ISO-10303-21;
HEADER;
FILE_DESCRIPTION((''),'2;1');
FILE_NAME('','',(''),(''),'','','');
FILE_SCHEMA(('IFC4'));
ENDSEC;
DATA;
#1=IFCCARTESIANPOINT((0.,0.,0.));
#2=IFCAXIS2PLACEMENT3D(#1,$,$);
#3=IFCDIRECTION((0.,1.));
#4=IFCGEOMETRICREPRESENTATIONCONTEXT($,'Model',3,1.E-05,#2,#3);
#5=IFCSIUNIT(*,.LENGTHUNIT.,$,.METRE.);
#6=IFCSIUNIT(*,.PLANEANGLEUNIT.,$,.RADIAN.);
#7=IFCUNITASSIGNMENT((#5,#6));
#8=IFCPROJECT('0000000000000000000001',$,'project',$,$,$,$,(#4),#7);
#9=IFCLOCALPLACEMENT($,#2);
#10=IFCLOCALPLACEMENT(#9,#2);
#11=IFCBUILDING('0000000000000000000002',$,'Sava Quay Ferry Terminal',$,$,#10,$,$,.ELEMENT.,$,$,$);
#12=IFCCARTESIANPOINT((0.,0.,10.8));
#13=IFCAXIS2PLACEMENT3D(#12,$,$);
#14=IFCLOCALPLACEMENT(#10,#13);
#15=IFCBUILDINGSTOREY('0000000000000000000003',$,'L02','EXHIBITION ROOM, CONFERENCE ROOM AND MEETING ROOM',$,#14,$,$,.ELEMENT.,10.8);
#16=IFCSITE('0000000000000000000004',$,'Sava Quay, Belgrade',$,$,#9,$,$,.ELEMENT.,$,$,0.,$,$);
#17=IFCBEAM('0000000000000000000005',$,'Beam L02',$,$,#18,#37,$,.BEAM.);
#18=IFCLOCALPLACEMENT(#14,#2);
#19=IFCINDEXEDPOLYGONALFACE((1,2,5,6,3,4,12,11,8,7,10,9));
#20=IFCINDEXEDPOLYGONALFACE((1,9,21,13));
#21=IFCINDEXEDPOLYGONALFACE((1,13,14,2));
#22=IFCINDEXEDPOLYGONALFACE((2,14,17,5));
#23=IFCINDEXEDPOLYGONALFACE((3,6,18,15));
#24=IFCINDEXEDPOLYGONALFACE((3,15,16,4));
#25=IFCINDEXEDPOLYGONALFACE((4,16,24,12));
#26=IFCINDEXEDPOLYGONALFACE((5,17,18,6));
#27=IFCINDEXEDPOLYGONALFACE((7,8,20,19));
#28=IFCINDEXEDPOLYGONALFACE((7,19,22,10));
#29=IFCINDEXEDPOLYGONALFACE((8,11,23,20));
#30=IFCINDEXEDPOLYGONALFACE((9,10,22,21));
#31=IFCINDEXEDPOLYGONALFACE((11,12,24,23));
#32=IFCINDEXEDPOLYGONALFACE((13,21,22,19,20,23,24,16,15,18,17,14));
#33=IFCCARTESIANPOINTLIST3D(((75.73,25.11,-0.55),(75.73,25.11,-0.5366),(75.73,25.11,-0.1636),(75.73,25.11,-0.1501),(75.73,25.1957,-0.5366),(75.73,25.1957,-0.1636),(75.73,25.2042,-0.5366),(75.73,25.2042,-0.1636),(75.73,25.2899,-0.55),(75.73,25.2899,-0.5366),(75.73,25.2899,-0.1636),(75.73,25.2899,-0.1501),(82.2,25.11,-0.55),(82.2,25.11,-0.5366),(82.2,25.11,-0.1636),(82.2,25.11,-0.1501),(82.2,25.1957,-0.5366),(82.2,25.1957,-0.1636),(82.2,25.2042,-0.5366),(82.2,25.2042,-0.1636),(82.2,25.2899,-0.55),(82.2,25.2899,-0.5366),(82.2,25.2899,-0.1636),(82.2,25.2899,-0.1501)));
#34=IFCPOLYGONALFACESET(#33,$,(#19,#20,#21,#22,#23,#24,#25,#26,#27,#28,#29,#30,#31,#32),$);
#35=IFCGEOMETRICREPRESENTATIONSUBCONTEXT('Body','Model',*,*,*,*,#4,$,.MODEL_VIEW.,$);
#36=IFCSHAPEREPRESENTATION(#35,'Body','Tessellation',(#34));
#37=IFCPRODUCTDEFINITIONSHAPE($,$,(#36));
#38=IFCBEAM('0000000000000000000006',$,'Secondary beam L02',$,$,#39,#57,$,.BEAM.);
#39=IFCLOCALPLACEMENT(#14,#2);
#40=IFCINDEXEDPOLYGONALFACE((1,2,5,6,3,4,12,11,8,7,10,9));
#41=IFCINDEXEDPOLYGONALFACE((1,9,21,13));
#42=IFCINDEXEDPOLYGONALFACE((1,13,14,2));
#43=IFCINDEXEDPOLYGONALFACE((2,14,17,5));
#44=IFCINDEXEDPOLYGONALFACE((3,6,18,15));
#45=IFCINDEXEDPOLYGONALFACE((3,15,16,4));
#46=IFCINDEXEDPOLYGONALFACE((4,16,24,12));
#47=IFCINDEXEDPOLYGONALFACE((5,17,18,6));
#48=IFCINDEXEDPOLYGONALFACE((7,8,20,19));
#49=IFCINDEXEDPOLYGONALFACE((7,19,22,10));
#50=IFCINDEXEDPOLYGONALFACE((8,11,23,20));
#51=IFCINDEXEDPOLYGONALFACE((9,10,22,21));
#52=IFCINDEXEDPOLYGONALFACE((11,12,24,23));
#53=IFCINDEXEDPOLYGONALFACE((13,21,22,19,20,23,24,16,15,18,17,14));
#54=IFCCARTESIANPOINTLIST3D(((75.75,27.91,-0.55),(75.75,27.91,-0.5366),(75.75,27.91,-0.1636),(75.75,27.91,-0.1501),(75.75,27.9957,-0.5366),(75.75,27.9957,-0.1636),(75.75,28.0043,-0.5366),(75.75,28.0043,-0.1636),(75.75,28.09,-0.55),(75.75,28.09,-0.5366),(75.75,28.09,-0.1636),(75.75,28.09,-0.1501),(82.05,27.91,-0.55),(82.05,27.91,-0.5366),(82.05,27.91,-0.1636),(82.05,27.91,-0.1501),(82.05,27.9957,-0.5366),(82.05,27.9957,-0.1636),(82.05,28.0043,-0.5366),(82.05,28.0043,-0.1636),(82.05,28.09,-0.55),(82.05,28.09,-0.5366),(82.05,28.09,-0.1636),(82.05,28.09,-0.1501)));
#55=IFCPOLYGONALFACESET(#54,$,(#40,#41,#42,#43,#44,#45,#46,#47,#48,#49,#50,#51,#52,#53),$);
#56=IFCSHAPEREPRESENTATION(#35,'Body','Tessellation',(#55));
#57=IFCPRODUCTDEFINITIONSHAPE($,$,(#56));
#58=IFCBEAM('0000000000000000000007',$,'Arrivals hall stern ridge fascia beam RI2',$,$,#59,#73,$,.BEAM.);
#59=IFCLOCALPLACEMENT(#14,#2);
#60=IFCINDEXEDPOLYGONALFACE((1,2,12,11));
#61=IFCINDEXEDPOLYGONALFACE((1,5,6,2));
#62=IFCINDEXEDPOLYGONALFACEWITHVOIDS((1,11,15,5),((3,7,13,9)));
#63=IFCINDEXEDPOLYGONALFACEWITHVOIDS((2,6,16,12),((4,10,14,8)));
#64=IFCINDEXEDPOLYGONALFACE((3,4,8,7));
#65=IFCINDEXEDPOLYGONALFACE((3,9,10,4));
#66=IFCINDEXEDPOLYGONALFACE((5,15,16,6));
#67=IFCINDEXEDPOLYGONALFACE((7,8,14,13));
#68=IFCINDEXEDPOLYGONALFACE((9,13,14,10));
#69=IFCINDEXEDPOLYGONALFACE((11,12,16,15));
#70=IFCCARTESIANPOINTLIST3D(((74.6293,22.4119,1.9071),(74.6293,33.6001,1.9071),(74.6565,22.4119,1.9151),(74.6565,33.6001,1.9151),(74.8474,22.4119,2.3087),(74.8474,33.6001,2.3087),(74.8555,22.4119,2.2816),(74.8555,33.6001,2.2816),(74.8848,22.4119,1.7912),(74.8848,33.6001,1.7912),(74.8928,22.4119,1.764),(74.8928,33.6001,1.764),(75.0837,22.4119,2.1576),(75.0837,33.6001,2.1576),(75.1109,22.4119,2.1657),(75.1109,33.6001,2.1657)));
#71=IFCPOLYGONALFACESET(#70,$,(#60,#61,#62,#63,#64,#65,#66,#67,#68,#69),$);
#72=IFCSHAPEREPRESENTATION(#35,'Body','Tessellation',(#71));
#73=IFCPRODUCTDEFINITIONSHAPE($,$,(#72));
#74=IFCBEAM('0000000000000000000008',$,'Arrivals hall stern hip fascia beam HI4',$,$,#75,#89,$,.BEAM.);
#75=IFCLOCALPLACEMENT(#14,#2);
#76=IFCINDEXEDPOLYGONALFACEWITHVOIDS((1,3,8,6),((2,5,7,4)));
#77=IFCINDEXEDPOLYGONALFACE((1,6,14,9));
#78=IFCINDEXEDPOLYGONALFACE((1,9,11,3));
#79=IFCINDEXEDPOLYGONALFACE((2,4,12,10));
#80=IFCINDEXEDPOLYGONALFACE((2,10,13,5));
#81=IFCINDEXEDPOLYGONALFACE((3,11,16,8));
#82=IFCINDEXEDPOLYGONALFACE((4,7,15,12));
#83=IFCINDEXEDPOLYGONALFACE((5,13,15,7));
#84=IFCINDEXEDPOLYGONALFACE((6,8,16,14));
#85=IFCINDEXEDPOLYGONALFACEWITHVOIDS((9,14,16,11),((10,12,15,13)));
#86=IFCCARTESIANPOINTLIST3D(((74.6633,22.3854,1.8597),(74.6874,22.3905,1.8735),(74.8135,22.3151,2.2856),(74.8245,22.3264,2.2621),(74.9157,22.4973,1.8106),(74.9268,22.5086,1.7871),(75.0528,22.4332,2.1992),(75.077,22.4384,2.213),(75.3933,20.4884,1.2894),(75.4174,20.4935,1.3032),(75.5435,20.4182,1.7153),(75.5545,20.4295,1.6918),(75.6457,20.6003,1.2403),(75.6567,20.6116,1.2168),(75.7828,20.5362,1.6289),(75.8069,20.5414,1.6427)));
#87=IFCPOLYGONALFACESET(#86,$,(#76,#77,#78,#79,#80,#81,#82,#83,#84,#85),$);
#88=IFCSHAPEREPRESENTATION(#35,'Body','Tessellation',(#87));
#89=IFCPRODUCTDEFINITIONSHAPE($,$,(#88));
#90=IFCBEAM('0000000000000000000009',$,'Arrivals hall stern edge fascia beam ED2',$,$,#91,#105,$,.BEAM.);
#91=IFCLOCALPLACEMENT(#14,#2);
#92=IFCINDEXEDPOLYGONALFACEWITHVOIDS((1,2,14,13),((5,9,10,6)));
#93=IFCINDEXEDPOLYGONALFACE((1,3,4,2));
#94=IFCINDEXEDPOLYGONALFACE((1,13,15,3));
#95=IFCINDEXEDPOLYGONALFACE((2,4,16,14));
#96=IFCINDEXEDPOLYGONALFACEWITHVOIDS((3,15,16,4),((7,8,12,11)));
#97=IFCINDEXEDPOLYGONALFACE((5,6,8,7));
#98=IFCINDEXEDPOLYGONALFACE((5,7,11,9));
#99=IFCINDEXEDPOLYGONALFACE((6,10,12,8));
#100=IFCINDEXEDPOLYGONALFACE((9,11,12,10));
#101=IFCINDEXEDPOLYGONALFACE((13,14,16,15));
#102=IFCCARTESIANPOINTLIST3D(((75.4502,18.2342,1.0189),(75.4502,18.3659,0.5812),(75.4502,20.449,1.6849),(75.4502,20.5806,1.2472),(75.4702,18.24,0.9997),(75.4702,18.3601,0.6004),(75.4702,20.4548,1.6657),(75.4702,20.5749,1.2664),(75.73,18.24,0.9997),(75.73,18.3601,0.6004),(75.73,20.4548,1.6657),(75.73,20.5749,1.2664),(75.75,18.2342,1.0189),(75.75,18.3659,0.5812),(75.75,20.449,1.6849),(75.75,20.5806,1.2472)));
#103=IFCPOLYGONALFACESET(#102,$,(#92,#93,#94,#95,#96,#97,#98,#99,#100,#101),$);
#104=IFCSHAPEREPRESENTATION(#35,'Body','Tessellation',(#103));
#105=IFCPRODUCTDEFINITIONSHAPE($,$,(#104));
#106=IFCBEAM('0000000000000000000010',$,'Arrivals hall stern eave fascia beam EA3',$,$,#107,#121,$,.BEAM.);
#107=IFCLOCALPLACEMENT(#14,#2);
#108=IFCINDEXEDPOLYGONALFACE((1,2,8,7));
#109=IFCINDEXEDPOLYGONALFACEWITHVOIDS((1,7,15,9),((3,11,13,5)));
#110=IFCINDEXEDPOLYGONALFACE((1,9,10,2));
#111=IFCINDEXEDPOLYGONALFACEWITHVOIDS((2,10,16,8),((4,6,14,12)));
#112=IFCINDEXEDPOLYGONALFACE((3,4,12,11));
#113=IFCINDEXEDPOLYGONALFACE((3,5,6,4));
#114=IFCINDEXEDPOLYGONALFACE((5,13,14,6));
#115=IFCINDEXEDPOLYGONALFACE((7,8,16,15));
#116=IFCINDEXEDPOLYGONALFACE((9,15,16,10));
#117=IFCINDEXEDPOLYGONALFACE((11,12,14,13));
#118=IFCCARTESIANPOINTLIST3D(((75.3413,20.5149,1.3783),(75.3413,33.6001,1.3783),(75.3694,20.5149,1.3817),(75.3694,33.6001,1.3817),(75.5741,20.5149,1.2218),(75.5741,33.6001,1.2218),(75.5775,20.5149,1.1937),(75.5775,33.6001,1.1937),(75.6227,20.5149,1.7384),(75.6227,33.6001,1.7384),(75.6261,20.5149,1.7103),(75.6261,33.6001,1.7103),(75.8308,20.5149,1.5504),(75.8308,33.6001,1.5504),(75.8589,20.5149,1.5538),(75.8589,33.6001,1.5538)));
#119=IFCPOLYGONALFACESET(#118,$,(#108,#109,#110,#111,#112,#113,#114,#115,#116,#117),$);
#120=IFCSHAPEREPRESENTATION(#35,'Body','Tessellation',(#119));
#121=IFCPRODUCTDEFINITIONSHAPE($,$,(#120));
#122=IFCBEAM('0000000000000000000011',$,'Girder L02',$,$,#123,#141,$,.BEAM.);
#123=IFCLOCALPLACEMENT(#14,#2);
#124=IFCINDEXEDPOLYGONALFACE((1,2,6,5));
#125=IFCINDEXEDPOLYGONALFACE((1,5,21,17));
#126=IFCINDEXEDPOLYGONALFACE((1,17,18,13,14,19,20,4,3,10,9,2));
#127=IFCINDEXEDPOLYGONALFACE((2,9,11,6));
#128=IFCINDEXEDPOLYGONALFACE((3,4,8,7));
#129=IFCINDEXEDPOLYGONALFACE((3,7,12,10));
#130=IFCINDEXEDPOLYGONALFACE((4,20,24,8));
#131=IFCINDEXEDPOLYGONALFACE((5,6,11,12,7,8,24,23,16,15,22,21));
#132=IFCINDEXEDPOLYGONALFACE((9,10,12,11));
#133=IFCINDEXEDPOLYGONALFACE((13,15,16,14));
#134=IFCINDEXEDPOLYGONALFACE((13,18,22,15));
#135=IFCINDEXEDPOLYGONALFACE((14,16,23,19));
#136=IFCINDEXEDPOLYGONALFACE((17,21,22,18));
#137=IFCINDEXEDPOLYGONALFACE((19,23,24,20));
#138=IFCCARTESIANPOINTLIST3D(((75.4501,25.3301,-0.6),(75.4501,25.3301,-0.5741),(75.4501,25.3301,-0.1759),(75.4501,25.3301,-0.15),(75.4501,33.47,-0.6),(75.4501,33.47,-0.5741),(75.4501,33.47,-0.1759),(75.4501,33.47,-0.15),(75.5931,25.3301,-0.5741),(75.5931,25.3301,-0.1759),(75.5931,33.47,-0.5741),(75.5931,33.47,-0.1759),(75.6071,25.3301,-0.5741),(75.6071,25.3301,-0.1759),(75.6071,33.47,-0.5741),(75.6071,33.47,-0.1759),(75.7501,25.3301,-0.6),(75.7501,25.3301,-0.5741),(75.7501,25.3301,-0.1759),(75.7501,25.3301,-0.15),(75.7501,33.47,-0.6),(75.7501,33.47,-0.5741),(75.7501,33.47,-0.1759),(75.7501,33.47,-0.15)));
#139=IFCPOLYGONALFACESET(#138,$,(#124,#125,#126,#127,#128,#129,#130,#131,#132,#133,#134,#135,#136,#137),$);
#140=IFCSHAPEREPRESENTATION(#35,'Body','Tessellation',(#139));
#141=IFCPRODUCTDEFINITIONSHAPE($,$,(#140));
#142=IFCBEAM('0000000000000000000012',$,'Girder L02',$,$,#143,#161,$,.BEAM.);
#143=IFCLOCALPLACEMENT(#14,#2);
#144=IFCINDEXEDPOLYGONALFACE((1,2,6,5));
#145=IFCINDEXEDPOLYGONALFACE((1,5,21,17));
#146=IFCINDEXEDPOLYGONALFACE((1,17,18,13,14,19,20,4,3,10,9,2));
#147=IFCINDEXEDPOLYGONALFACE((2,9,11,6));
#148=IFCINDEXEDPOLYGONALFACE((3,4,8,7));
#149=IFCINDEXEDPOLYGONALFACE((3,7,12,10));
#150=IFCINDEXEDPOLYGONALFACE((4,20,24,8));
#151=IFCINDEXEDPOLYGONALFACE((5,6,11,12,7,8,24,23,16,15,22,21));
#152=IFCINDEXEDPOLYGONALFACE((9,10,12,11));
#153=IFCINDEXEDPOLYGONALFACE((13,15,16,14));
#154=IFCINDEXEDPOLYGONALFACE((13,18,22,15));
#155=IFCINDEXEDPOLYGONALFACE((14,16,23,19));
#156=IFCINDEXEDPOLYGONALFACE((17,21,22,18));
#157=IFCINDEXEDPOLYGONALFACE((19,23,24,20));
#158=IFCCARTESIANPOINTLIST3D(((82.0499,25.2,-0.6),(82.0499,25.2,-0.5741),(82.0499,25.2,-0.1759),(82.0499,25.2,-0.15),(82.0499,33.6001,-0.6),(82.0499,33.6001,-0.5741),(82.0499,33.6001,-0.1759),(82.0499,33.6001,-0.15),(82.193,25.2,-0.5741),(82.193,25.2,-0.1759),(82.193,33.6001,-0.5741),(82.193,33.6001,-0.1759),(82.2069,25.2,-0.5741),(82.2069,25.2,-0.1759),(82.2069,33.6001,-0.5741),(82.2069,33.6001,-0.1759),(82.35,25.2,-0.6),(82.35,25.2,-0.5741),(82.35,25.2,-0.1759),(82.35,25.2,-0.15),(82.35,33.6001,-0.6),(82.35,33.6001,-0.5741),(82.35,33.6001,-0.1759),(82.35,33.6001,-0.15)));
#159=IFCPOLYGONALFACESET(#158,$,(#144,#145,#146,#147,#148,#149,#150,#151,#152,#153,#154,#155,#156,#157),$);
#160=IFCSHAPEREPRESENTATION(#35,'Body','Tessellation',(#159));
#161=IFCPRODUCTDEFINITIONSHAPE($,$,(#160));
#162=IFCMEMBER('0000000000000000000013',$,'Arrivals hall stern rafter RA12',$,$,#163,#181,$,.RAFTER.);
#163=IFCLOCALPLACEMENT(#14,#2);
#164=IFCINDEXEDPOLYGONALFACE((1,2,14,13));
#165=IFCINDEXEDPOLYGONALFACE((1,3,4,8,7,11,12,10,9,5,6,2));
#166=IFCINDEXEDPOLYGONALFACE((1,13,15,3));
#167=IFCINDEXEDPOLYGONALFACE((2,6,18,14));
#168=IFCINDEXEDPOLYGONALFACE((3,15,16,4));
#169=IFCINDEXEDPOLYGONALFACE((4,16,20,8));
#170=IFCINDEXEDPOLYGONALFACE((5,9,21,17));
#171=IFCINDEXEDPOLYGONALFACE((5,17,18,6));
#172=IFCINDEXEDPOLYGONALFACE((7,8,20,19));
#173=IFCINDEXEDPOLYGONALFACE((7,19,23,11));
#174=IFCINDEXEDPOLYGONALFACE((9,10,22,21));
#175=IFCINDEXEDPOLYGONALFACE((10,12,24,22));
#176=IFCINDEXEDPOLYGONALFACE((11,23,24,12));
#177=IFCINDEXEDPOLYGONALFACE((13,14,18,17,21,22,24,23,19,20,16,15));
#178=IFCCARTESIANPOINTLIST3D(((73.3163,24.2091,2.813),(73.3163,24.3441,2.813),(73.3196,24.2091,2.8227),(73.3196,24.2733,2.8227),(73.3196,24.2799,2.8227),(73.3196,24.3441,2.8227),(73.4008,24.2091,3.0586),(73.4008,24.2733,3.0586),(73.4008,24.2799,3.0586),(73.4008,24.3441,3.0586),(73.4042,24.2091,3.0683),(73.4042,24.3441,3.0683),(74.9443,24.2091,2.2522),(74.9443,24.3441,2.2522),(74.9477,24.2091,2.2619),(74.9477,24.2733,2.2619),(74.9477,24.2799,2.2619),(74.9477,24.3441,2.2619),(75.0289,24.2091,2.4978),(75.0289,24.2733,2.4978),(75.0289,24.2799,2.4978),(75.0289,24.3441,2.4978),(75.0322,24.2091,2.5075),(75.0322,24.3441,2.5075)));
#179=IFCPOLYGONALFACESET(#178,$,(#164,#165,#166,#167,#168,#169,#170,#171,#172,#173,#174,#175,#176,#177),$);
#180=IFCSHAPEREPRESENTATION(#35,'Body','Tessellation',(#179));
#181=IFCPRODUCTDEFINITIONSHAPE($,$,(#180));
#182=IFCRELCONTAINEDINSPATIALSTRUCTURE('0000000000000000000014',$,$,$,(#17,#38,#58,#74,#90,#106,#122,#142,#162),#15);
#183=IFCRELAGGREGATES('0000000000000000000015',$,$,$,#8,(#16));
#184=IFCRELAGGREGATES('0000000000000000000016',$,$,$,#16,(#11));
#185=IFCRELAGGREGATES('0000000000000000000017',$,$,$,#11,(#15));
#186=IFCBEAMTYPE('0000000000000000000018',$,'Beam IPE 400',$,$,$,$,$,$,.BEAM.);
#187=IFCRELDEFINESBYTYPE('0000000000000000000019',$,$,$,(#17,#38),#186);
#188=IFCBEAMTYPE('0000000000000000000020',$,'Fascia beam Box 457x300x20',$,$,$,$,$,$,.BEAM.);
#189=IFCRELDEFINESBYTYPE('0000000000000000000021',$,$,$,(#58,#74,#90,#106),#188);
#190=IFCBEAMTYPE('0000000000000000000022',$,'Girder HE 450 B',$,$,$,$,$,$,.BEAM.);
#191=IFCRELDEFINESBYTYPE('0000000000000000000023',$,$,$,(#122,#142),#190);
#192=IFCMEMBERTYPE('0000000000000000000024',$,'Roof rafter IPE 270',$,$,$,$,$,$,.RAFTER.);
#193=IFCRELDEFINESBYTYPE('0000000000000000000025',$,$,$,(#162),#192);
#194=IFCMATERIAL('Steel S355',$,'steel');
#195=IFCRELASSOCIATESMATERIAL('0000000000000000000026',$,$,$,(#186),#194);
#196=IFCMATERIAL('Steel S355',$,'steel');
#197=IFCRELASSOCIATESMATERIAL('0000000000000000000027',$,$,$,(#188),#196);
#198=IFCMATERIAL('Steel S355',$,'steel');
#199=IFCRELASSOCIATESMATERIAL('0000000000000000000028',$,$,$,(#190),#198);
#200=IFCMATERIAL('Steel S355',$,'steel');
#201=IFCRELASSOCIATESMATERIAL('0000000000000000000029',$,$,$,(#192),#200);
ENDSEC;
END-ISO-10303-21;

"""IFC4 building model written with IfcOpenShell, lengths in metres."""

from ifc_helpers import new_model, si_unit, direction, frame, origin, origin_2d, place, context, subcontext, project, spatial, polyline, i_section, outline, extrude, material, material_profile, profile_set, type_object, element, save


model = new_model("IFC4")

# Units and contexts
model_context = context("Model", 3, precision=1e-05, world=origin(), true_north=direction((0.0, 1.0)))
body_context = subcontext(model_context, "Body", "Model", "MODEL_VIEW")
ifc_project = project(units=[si_unit("LENGTHUNIT", "METRE"), si_unit("PLANEANGLEUNIT", "RADIAN")], contexts=[model_context])

# Site, building, storey
site_placement = place(None, origin())
site = spatial("IfcSite", under=ifc_project, at=site_placement, Name="Sava Quay, Belgrade", CompositionType="ELEMENT", RefElevation=0.0)
building_placement = place(site_placement, origin())
building = spatial("IfcBuilding", under=site, at=building_placement, Name="Sava Quay Ferry Terminal", CompositionType="ELEMENT")
storey_placement = place(building_placement, frame((0.0, 0.0, 10.8)))
storey = spatial("IfcBuildingStorey", under=building, at=storey_placement, Name="L02", Description="EXHIBITION ROOM, CONFERENCE ROOM AND MEETING ROOM", CompositionType="ELEMENT", Elevation=10.8)

# Beams
ifc_material_1 = material(Name="Steel S355", Category="steel")
ifc_material_profile_1 = material_profile(ifc_material_1, i_section(OverallWidth=0.1799, OverallDepth=0.3999, WebThickness=0.0085, FlangeThickness=0.0134, at=origin_2d()), Name="IPE 400")
ifc_profile_set_1 = profile_set([ifc_material_profile_1], Name="Steel S355")
beam_type_1 = type_object("IfcBeamType", Name="Beam IPE 400", PredefinedType="BEAM", material=ifc_profile_set_1)
beam_1_placement = place(storey_placement, frame((75.73, 25.2, -0.3501), z_axis=(1.0, 0.0, 0.0), x_axis=(0.0, 1.0, 0.0)))
element("IfcBeam", 1, at=beam_1_placement, inside=storey, type_object=beam_type_1, Name="Beam L02", PredefinedType="BEAM", context=body_context, shape_type="SweptSolid", body=[
    extrude(i_section(OverallWidth=0.1799, OverallDepth=0.3999, WebThickness=0.0085, FlangeThickness=0.0134, at=origin_2d()), origin(), (0.0, 0.0, 1.0), 6.47),
])
beam_2_placement = place(storey_placement, frame((75.75, 28.0, -0.3501), z_axis=(1.0, 0.0, 0.0), x_axis=(0.0, 1.0, 0.0)))
element("IfcBeam", 2, at=beam_2_placement, inside=storey, type_object=beam_type_1, Name="Secondary beam L02", PredefinedType="BEAM", context=body_context, shape_type="SweptSolid", body=[
    extrude(i_section(OverallWidth=0.1799, OverallDepth=0.3999, WebThickness=0.0085, FlangeThickness=0.0134, at=origin_2d()), origin(), (0.0, 0.0, 1.0), 6.3),
])
ifc_material_2 = material(Name="Steel S355", Category="steel")
ifc_material_profile_2 = material_profile(ifc_material_2, outline(polyline([(-0.1499, -0.2285), (0.1499, -0.2285), (0.1499, 0.2285), (-0.1499, 0.2285), (-0.1499, -0.2285)]), holes=[polyline([(-0.1299, -0.2085), (-0.1299, 0.2085), (0.1299, 0.2085), (0.1299, -0.2085), (-0.1299, -0.2085)])]), Name="Box 457x300x20 built-up")
ifc_profile_set_2 = profile_set([ifc_material_profile_2], Name="Steel S355")
beam_type_2 = type_object("IfcBeamType", Name="Fascia beam Box 457x300x20", PredefinedType="BEAM", material=ifc_profile_set_2)
beam_3_placement = place(storey_placement, frame((74.8701, 22.4119, 2.0364), z_axis=(0.0, 1.0, 0.0), x_axis=(-0.878817, 0.0, 0.477159)))
element("IfcBeam", 3, at=beam_3_placement, inside=storey, type_object=beam_type_2, Name="Arrivals hall stern ridge fascia beam RI2", PredefinedType="BEAM", context=body_context, shape_type="SweptSolid", body=[
    extrude(outline(polyline([(-0.1499, -0.2285), (0.1499, -0.2285), (0.1499, 0.2285), (-0.1499, 0.2285), (-0.1499, -0.2285)]), holes=[polyline([(-0.1299, -0.2085), (-0.1299, 0.2085), (0.1299, 0.2085), (0.1299, -0.2085), (-0.1299, -0.2085)])]), origin(), (0.0, 0.0, 1.0), 11.1882),
])
beam_4_placement = place(storey_placement, frame((74.8701, 22.4119, 2.0364), z_axis=(0.345786, -0.898582, -0.270153), x_axis=(0.878881, 0.411009, -0.242159)))
element("IfcBeam", 4, at=beam_4_placement, inside=storey, type_object=beam_type_2, Name="Arrivals hall stern hip fascia beam HI4", PredefinedType="BEAM", context=body_context, shape_type="SweptSolid", body=[
    extrude(outline(polyline([(-0.1499, -0.2285), (0.1499, -0.2285), (0.1499, 0.2285), (-0.1499, 0.2285), (-0.1499, -0.2285)]), holes=[polyline([(-0.1299, -0.2085), (-0.1299, 0.2085), (0.1299, 0.2085), (0.1299, -0.2085), (-0.1299, -0.2085)])]), origin(), (0.0, 0.0, 1.0), 2.1111),
])
beam_5_placement = place(storey_placement, frame((75.6001, 18.3, 0.8), z_axis=(0.0, 0.95764, 0.287968), x_axis=(-1.0, 0.0, 0.0)))
element("IfcBeam", 5, at=beam_5_placement, inside=storey, type_object=beam_type_2, Name="Arrivals hall stern edge fascia beam ED2", PredefinedType="BEAM", context=body_context, shape_type="SweptSolid", body=[
    extrude(outline(polyline([(-0.1499, -0.2285), (0.1499, -0.2285), (0.1499, 0.2285), (-0.1499, 0.2285), (-0.1499, -0.2285)]), holes=[polyline([(-0.1299, -0.2085), (-0.1299, 0.2085), (0.1299, 0.2085), (0.1299, -0.2085), (-0.1299, -0.2085)])]), origin(), (0.0, 0.0, 1.0), 2.3127),
])
beam_6_placement = place(storey_placement, frame((75.6001, 20.5149, 1.4661), z_axis=(0.0, 1.0, 0.0), x_axis=(-0.788011, 0.0, 0.615661)))
element("IfcBeam", 6, at=beam_6_placement, inside=storey, type_object=beam_type_2, Name="Arrivals hall stern eave fascia beam EA3", PredefinedType="BEAM", context=body_context, shape_type="SweptSolid", body=[
    extrude(outline(polyline([(-0.1499, -0.2285), (0.1499, -0.2285), (0.1499, 0.2285), (-0.1499, 0.2285), (-0.1499, -0.2285)]), holes=[polyline([(-0.1299, -0.2085), (-0.1299, 0.2085), (0.1299, 0.2085), (0.1299, -0.2085), (-0.1299, -0.2085)])]), origin(), (0.0, 0.0, 1.0), 13.0852),
])
ifc_material_3 = material(Name="Steel S355", Category="steel")
ifc_material_profile_3 = material_profile(ifc_material_3, i_section(OverallWidth=0.3, OverallDepth=0.45, WebThickness=0.0139, FlangeThickness=0.0259, at=origin_2d()), Name="HE 450 B")
ifc_profile_set_3 = profile_set([ifc_material_profile_3], Name="Steel S355")
beam_type_3 = type_object("IfcBeamType", Name="Girder HE 450 B", PredefinedType="BEAM", material=ifc_profile_set_3)
beam_7_placement = place(storey_placement, frame((75.6001, 25.3301, -0.375), z_axis=(0.0, 1.0, 0.0), x_axis=(-1.0, 0.0, 0.0)))
element("IfcBeam", 7, at=beam_7_placement, inside=storey, type_object=beam_type_3, Name="Girder L02", PredefinedType="BEAM", context=body_context, shape_type="SweptSolid", body=[
    extrude(i_section(OverallWidth=0.3, OverallDepth=0.45, WebThickness=0.0139, FlangeThickness=0.0259, at=origin_2d()), origin(), (0.0, 0.0, 1.0), 8.1399),
])
beam_8_placement = place(storey_placement, frame((82.2, 25.2, -0.375), z_axis=(0.0, 1.0, 0.0), x_axis=(-1.0, 0.0, 0.0)))
element("IfcBeam", 8, at=beam_8_placement, inside=storey, type_object=beam_type_3, Name="Girder L02", PredefinedType="BEAM", context=body_context, shape_type="SweptSolid", body=[
    extrude(i_section(OverallWidth=0.3, OverallDepth=0.45, WebThickness=0.0139, FlangeThickness=0.0259, at=origin_2d()), origin(), (0.0, 0.0, 1.0), 8.4001),
])

# Member
ifc_material_4 = material(Name="Steel S355", Category="steel")
ifc_material_profile_4 = material_profile(ifc_material_4, i_section(OverallWidth=0.135, OverallDepth=0.27, WebThickness=0.0066, FlangeThickness=0.0103, at=origin_2d()), Name="IPE 270")
ifc_profile_set_4 = profile_set([ifc_material_profile_4], Name="Steel S355")
member_type = type_object("IfcMemberType", Name="Roof rafter IPE 270", PredefinedType="RAFTER", material=ifc_profile_set_4)
member_1_placement = place(storey_placement, frame((74.9883, 24.2766, 2.3799), z_axis=(-0.945489, 0.0, 0.325654), x_axis=(0.0, -1.0, 0.0)))
element("IfcMember", 9, at=member_1_placement, inside=storey, type_object=member_type, Name="Arrivals hall stern rafter RA12", PredefinedType="RAFTER", context=body_context, shape_type="SweptSolid", body=[
    extrude(i_section(OverallWidth=0.135, OverallDepth=0.27, WebThickness=0.0066, FlangeThickness=0.0103, at=origin_2d()), origin(), (0.0, 0.0, 1.0), 1.7219),
])

save(model, "model.ifc")
